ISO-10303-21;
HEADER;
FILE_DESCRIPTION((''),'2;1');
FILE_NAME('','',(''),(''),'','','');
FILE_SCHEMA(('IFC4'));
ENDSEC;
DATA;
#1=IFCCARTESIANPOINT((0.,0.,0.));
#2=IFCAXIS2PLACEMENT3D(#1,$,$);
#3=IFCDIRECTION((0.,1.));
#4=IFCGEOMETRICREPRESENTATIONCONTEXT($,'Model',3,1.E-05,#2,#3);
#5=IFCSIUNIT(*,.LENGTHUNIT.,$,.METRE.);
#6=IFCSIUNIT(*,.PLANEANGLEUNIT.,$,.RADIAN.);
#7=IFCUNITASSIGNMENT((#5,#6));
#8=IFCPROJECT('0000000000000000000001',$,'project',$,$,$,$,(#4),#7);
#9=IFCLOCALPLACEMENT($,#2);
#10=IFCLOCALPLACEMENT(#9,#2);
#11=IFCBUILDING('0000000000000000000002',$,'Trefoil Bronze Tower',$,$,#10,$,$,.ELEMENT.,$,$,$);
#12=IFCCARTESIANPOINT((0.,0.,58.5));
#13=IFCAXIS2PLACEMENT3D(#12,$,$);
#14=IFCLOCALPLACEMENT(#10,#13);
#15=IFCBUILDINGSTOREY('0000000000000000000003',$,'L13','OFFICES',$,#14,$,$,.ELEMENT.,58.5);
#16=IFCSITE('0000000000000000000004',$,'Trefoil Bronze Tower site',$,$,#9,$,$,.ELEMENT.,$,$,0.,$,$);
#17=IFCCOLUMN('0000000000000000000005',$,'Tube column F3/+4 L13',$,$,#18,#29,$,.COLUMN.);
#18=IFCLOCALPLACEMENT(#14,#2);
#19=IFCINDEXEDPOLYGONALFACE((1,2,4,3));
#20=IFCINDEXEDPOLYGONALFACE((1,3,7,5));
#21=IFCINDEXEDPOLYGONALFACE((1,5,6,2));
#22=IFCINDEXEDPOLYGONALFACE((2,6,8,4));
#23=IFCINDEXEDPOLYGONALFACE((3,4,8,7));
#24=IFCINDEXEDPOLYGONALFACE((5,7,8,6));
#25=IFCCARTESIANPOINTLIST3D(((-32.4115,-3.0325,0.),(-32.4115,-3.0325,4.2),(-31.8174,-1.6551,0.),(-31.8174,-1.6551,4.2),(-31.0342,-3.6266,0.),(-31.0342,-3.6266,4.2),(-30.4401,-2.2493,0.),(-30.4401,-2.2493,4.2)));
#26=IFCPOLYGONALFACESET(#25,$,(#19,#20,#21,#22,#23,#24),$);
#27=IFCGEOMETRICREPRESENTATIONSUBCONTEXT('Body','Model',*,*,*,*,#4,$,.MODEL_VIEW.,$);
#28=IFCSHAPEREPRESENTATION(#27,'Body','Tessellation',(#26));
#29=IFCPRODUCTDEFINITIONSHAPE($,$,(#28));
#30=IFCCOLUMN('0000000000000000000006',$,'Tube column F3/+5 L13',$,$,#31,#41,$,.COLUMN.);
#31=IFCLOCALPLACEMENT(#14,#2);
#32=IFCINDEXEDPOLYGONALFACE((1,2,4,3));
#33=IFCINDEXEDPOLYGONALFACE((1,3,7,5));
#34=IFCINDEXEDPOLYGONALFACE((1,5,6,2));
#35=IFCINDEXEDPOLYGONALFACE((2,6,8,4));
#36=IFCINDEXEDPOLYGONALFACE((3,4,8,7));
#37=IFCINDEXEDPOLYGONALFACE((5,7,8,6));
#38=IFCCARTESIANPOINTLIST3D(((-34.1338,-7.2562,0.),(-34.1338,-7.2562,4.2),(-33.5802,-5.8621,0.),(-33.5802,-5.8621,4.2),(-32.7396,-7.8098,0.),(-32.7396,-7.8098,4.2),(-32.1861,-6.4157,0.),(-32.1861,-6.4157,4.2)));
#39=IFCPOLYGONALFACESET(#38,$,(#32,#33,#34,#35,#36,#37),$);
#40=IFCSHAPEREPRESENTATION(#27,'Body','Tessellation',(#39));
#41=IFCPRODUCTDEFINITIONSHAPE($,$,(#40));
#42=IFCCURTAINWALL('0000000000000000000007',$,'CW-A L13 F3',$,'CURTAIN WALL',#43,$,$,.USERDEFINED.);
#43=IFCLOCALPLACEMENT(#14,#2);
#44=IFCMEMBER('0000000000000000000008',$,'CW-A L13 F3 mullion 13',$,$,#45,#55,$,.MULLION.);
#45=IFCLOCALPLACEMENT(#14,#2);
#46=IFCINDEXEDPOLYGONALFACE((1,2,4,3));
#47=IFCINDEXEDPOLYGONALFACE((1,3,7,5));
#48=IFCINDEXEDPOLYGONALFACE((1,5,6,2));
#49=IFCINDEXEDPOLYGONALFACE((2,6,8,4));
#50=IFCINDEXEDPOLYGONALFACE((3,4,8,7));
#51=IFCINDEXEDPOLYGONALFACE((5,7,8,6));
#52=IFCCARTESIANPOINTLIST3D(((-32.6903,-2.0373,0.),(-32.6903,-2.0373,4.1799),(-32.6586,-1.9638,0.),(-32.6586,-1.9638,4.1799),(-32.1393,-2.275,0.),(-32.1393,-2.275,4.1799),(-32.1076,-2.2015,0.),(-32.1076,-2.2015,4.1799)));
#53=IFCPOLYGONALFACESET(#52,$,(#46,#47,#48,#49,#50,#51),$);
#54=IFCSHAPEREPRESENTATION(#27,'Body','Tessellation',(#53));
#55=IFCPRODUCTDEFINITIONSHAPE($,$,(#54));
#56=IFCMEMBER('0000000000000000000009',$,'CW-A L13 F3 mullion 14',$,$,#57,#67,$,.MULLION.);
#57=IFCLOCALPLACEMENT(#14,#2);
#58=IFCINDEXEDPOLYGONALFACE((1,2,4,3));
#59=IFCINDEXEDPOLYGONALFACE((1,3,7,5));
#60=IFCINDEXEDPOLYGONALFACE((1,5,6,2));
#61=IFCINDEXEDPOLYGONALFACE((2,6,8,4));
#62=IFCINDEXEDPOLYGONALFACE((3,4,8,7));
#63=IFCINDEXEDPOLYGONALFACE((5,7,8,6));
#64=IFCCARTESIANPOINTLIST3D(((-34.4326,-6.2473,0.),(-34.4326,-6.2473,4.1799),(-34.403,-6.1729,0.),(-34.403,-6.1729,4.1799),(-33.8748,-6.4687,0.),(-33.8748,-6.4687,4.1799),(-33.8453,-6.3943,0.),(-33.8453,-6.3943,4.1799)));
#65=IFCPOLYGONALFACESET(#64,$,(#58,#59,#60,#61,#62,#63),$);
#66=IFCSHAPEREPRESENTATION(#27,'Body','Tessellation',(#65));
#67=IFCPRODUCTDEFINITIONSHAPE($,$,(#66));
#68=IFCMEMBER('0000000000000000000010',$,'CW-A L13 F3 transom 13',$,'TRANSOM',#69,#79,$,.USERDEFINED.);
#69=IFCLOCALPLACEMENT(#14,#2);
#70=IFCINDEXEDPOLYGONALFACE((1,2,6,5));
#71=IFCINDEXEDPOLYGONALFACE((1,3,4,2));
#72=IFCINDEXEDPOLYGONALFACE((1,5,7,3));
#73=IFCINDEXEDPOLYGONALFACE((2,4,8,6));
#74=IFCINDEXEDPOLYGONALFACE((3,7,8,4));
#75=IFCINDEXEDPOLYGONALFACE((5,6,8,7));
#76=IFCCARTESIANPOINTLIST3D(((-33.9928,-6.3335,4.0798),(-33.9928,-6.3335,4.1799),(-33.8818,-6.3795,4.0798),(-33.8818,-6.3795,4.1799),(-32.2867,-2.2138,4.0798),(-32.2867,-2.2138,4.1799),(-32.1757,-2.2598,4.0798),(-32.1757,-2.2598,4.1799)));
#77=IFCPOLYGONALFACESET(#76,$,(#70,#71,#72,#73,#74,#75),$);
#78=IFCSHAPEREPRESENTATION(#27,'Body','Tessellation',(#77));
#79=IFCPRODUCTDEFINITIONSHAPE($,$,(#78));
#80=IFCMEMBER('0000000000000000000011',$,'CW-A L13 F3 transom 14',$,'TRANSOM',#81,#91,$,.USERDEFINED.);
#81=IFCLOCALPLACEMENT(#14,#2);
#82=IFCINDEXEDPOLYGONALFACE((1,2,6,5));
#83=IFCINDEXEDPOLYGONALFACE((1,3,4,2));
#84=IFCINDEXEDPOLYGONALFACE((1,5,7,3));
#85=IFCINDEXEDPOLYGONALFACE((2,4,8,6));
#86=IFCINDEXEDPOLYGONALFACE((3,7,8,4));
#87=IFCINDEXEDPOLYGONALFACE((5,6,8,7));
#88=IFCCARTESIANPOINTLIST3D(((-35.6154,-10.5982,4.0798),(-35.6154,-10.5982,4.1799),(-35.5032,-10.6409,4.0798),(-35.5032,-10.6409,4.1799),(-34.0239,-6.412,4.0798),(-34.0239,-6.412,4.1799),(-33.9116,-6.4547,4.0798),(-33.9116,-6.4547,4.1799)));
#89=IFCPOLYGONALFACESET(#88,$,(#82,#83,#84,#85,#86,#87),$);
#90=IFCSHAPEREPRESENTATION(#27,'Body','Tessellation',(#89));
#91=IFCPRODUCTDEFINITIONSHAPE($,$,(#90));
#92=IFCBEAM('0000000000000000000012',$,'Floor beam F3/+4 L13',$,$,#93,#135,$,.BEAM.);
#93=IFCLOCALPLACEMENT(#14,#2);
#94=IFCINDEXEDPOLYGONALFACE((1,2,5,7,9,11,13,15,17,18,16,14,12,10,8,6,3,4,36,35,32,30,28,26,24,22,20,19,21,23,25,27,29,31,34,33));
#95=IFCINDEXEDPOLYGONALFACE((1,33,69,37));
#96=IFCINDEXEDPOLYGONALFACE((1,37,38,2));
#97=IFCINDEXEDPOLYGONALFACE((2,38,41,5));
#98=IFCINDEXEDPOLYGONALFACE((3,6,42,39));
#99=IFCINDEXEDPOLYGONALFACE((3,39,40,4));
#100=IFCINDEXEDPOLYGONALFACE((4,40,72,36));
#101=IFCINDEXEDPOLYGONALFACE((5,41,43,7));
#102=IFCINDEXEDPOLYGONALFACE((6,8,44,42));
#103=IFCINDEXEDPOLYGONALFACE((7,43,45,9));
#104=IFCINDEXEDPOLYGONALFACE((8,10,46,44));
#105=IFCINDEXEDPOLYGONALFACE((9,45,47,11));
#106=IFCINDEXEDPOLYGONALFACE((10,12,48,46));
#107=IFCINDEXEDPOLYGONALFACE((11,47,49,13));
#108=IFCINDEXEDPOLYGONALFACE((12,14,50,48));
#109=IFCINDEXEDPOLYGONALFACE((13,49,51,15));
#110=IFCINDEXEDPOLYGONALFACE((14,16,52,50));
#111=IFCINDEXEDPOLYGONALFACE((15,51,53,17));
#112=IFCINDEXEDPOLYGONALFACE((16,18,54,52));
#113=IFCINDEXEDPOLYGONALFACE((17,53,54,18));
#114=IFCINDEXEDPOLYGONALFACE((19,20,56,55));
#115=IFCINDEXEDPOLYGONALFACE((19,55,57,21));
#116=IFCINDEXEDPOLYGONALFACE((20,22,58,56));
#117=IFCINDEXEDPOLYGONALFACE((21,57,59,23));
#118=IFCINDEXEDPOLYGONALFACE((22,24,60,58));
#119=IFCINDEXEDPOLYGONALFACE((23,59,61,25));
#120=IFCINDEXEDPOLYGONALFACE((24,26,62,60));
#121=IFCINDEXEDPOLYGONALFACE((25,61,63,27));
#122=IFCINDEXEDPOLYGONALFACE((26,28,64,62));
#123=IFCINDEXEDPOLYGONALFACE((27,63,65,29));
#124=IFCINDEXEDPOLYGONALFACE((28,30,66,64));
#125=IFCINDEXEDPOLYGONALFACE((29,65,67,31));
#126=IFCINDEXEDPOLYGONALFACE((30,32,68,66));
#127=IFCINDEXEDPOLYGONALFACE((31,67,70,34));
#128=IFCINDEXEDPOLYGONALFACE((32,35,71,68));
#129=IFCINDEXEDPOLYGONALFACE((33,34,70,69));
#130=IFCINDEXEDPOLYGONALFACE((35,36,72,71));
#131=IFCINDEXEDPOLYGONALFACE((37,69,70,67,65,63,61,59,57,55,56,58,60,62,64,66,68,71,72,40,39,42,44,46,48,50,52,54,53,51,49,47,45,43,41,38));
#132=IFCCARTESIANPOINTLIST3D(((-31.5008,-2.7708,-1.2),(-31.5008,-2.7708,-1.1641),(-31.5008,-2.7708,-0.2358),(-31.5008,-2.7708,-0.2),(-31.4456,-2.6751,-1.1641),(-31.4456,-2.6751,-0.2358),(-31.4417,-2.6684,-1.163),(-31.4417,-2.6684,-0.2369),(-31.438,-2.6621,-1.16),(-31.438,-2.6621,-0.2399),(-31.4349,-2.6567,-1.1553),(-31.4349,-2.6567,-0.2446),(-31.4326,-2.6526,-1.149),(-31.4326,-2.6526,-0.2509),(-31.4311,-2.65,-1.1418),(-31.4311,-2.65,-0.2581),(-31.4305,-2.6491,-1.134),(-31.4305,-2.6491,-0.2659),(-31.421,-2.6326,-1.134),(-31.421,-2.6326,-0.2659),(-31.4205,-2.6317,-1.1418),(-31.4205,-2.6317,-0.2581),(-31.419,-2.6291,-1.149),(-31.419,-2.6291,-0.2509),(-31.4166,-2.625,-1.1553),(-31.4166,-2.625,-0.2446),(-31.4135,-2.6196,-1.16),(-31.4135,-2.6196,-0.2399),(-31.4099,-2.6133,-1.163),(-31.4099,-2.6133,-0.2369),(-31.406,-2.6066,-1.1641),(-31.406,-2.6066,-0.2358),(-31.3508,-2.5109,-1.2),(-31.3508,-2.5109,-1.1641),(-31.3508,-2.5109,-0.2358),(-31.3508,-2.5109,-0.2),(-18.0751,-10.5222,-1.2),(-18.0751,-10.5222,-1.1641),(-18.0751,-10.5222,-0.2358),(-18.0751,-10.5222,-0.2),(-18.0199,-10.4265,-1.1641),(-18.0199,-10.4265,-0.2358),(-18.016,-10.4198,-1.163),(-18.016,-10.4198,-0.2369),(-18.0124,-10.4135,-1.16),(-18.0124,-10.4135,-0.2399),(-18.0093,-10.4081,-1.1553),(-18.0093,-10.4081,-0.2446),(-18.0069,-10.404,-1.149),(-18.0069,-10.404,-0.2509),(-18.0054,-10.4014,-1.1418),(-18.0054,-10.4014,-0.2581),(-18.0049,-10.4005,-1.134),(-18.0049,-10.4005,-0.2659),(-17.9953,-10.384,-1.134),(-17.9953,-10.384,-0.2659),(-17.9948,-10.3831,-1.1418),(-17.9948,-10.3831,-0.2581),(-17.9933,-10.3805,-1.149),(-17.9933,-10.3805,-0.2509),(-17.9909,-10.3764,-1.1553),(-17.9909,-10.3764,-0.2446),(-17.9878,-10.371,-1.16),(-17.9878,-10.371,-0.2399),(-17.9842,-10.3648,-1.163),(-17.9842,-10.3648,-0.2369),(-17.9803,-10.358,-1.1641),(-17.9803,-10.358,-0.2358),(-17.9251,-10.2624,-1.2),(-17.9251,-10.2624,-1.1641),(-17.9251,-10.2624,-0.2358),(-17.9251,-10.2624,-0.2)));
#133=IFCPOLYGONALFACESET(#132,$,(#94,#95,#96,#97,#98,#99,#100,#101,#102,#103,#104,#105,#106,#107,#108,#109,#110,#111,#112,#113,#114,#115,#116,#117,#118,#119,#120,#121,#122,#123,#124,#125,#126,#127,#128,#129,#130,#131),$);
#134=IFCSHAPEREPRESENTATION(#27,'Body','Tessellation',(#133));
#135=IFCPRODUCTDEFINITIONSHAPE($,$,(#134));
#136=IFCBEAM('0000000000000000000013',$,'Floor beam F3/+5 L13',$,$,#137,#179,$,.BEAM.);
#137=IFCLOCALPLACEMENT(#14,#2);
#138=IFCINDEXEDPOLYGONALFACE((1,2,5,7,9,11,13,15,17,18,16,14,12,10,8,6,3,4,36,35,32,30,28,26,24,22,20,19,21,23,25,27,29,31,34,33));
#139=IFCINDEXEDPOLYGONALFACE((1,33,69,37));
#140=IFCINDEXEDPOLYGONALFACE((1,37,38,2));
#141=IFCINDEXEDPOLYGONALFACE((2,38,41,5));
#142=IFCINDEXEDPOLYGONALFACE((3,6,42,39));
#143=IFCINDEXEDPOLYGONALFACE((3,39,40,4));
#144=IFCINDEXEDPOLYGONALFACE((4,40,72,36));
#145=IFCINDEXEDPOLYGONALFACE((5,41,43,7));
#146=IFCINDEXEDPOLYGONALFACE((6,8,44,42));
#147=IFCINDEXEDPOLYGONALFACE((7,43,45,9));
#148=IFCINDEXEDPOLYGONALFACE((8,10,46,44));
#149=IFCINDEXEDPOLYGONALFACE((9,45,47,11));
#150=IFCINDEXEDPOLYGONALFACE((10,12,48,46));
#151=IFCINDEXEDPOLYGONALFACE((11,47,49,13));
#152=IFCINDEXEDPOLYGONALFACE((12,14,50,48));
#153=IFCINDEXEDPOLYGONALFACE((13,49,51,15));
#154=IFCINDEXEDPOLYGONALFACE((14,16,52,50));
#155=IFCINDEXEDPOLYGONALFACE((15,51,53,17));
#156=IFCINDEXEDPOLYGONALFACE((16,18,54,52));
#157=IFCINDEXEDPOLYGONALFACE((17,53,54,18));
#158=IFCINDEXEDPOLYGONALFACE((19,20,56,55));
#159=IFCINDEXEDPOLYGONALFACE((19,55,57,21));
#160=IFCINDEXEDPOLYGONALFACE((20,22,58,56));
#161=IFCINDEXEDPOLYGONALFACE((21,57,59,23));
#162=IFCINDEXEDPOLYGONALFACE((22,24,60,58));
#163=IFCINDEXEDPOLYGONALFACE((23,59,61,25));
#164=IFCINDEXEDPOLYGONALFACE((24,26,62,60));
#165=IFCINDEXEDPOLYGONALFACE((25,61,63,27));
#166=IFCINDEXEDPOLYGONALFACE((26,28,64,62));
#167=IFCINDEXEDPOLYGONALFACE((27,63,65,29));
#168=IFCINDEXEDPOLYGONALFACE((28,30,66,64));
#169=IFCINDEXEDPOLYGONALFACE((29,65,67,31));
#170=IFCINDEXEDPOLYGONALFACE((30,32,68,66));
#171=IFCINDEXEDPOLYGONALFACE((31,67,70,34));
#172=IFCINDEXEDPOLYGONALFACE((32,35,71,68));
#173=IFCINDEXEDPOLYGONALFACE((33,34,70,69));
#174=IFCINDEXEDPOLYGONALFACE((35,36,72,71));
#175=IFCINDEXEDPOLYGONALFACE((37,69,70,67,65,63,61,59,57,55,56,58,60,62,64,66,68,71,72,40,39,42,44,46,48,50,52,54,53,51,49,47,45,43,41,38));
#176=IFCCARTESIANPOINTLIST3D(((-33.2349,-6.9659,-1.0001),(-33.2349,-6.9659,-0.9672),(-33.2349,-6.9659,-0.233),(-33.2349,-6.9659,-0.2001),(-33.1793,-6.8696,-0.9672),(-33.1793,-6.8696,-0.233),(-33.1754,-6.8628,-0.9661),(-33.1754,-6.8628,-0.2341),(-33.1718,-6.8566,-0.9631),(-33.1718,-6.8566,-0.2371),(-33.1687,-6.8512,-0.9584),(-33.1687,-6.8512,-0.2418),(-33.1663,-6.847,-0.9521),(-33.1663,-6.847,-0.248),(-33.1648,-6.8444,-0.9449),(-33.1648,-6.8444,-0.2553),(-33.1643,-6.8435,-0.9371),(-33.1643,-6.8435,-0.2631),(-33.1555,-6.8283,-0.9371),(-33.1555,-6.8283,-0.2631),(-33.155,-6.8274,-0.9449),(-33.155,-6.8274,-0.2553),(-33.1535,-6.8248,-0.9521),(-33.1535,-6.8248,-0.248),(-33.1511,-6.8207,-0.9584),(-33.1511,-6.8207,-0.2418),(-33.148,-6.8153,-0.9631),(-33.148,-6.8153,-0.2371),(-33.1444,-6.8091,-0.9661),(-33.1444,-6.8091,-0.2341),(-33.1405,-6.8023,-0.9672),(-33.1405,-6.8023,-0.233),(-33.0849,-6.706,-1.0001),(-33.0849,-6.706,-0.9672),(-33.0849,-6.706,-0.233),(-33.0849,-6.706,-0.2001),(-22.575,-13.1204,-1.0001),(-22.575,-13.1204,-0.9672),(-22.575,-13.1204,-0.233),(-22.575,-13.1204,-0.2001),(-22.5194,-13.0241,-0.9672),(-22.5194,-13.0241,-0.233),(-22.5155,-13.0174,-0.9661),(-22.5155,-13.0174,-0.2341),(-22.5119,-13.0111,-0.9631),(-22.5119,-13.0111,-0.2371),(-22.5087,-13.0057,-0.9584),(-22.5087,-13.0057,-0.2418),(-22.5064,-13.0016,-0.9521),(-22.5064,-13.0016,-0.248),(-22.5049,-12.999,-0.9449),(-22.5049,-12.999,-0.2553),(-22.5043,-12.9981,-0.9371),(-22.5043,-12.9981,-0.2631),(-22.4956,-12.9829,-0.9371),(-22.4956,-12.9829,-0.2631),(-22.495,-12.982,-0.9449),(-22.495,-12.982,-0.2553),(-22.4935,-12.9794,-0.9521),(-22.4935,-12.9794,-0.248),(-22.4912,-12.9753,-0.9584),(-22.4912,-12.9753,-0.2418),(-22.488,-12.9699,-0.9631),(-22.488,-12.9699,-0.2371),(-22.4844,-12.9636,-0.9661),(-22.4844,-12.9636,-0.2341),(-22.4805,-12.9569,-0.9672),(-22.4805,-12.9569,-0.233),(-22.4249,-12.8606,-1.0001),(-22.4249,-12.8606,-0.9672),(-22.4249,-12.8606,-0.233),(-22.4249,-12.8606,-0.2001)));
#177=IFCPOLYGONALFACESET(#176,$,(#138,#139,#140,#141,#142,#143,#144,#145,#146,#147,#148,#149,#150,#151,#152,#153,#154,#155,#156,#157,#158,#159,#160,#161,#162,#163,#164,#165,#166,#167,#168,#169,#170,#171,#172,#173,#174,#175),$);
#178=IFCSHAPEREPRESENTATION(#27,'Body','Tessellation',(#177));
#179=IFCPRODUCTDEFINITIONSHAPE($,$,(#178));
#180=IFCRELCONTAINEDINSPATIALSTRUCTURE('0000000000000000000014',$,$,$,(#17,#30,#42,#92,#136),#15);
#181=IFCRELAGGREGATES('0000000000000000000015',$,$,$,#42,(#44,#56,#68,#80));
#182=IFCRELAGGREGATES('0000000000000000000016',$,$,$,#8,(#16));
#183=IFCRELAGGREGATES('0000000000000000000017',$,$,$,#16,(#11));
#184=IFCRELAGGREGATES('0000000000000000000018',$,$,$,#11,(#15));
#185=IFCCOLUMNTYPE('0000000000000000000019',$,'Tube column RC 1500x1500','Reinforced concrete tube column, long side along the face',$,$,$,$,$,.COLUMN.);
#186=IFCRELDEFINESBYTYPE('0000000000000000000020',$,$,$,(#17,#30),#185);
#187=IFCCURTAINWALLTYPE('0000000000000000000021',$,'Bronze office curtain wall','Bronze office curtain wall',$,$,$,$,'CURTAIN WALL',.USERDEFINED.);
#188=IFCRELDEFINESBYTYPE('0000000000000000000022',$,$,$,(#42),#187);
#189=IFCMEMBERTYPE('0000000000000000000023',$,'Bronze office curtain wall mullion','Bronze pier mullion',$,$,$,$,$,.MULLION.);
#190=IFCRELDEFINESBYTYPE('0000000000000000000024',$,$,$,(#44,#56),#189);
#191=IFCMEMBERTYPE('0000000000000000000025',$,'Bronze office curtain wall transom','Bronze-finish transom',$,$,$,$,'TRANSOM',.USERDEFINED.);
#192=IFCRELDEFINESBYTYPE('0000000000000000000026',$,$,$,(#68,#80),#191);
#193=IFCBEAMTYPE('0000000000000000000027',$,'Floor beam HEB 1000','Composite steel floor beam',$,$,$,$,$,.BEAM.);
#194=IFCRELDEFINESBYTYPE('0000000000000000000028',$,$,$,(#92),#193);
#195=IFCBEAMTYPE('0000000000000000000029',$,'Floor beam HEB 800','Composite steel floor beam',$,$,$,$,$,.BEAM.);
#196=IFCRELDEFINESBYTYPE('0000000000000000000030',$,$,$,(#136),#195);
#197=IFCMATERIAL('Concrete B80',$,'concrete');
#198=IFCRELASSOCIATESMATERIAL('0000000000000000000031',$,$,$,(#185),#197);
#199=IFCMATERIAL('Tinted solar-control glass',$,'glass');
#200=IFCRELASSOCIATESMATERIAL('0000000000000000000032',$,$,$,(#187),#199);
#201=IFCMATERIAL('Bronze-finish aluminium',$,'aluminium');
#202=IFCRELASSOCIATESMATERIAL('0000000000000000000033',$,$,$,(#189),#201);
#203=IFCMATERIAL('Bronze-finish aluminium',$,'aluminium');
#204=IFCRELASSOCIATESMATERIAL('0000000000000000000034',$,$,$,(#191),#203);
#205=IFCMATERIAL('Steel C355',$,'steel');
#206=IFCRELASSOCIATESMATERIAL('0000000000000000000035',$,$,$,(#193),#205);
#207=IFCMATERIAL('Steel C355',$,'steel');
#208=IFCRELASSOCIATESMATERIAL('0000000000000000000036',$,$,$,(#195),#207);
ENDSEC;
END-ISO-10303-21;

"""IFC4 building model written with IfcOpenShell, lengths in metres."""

from ifc_helpers import new_model, si_unit, direction, frame, origin, origin_2d, place, context, subcontext, project, spatial, rectangle, i_section, extrude, material, material_profile, profile_set, type_object, element, aggregate, save


model = new_model("IFC4")

# Units and contexts
model_context = context("Model", 3, precision=1e-05, world=origin(), true_north=direction((0.0, 1.0)))
body_context = subcontext(model_context, "Body", "Model", "MODEL_VIEW")
ifc_project = project(units=[si_unit("LENGTHUNIT", "METRE"), si_unit("PLANEANGLEUNIT", "RADIAN")], contexts=[model_context])

# Site, building, storey
site_placement = place(None, origin())
site = spatial("IfcSite", under=ifc_project, at=site_placement, Name="Trefoil Bronze Tower site", CompositionType="ELEMENT", RefElevation=0.0)
building_placement = place(site_placement, origin())
building = spatial("IfcBuilding", under=site, at=building_placement, Name="Trefoil Bronze Tower", CompositionType="ELEMENT")
storey_placement = place(building_placement, frame((0.0, 0.0, 58.5)))
storey = spatial("IfcBuildingStorey", under=building, at=storey_placement, Name="L13", Description="OFFICES", CompositionType="ELEMENT", Elevation=58.5)

# Columns
ifc_material_1 = material(Name="Concrete B80", Category="concrete")
ifc_material_profile_1 = material_profile(ifc_material_1, rectangle(XDim=1.5, YDim=1.5, at=origin_2d()), Name="RC 1500x1500")
ifc_profile_set_1 = profile_set([ifc_material_profile_1], Name="Concrete B80")
column_type = type_object("IfcColumnType", Name="Tube column RC 1500x1500", Description="Reinforced concrete tube column, long side along the face", PredefinedType="COLUMN", material=ifc_profile_set_1)
for number, where, z_axis, x_axis, name in (
    (1, (-31.4258, -2.6409, 0.0), (0.0, 0.0, 1.0), (-0.396085, -0.918214, 0.0), "Tube column F3/+4 L13"),
    (2, (-33.1599, -6.8359, 0.0), (0.0, 0.0, 1.0), (-0.36904, -0.929414, 0.0), "Tube column F3/+5 L13"),
):
    element("IfcColumn", number, at=place(storey_placement, frame(where, z_axis=z_axis, x_axis=x_axis)), inside=storey, type_object=column_type, Name=name, PredefinedType="COLUMN", context=body_context, shape_type="SweptSolid", body=[
        extrude(rectangle(XDim=1.5, YDim=1.5, at=origin_2d()), origin(), (0.0, 0.0, 1.0), 4.2),
    ])

# Curtain wall, members
ifc_material_2 = material(Name="Tinted solar-control glass", Category="glass")
curtain_wall_type = type_object("IfcCurtainWallType", Name="Bronze office curtain wall", Description="Bronze office curtain wall", ElementType="CURTAIN WALL", PredefinedType="USERDEFINED", material=ifc_material_2)
curtain_wall_placement = place(storey_placement, origin())
curtain_wall = element("IfcCurtainWall", 3, at=curtain_wall_placement, inside=storey, type_object=curtain_wall_type, Name="CW-A L13 F3", ObjectType="CURTAIN WALL", PredefinedType="USERDEFINED")
ifc_material_3 = material(Name="Bronze-finish aluminium", Category="aluminium")
ifc_material_profile_2 = material_profile(ifc_material_3, rectangle(XDim=0.6001, YDim=0.0801, at=origin_2d()), Name="CW-A mullion")
ifc_profile_set_2 = profile_set([ifc_material_profile_2], Name="Bronze-finish aluminium")
member_type_1 = type_object("IfcMemberType", Name="Bronze office curtain wall mullion", Description="Bronze pier mullion", PredefinedType="MULLION", material=ifc_profile_set_2)
member_1_placement = place(storey_placement, frame((-32.3989, -2.1194, 0.0), z_axis=(0.0, 0.0, 1.0), x_axis=(0.918214, -0.396085, 0.0)))
member_1 = element("IfcMember", 4, at=member_1_placement, type_object=member_type_1, Name="CW-A L13 F3 mullion 13", PredefinedType="MULLION", context=body_context, shape_type="SweptSolid", body=[
    extrude(rectangle(XDim=0.6001, YDim=0.0801, at=origin_2d()), origin(), (0.0, 0.0, 1.0), 4.1799),
])
member_2_placement = place(storey_placement, frame((-34.1389, -6.3208, 0.0), z_axis=(0.0, 0.0, 1.0), x_axis=(0.929414, -0.36904, 0.0)))
member_2 = element("IfcMember", 5, at=member_2_placement, type_object=member_type_1, Name="CW-A L13 F3 mullion 14", PredefinedType="MULLION", context=body_context, shape_type="SweptSolid", body=[
    extrude(rectangle(XDim=0.6001, YDim=0.0801, at=origin_2d()), origin(), (0.0, 0.0, 1.0), 4.1799),
])
ifc_material_4 = material(Name="Bronze-finish aluminium", Category="aluminium")
ifc_material_profile_3 = material_profile(ifc_material_4, rectangle(XDim=0.1201, YDim=0.1001, at=origin_2d()), Name="CW-A transom")
ifc_profile_set_3 = profile_set([ifc_material_profile_3], Name="Bronze-finish aluminium")
member_type_2 = type_object("IfcMemberType", Name="Bronze office curtain wall transom", Description="Bronze-finish transom", ElementType="TRANSOM", PredefinedType="USERDEFINED", material=ifc_profile_set_3)
member_3_placement = place(storey_placement, frame((-32.2312, -2.2368, 4.1299), z_axis=(-0.382616, -0.923907, 0.0), x_axis=(0.923907, -0.382616, 0.0)))
member_3 = element("IfcMember", 6, at=member_3_placement, type_object=member_type_2, Name="CW-A L13 F3 transom 13", ObjectType="TRANSOM", PredefinedType="USERDEFINED", context=body_context, shape_type="SweptSolid", body=[
    extrude(rectangle(XDim=0.1201, YDim=0.1001, at=origin_2d()), origin(), (0.0, 0.0, 1.0), 4.459),
])
member_4_placement = place(storey_placement, frame((-33.9678, -6.4333, 4.1299), z_axis=(-0.355367, -0.934727, 0.0), x_axis=(0.934727, -0.355367, 0.0)))
member_4 = element("IfcMember", 7, at=member_4_placement, type_object=member_type_2, Name="CW-A L13 F3 transom 14", ObjectType="TRANSOM", PredefinedType="USERDEFINED", context=body_context, shape_type="SweptSolid", body=[
    extrude(rectangle(XDim=0.1201, YDim=0.1001, at=origin_2d()), origin(), (0.0, 0.0, 1.0), 4.4785),
])

# Beams
ifc_material_5 = material(Name="Steel C355", Category="steel")
ifc_material_profile_4 = material_profile(ifc_material_5, i_section(OverallWidth=0.3, OverallDepth=1.0, WebThickness=0.019, FlangeThickness=0.0359, FilletRadius=0.03, at=origin_2d()), Name="HEB 1000")
ifc_profile_set_4 = profile_set([ifc_material_profile_4], Name="Steel C355")
beam_type_1 = type_object("IfcBeamType", Name="Floor beam HEB 1000", Description="Composite steel floor beam", PredefinedType="BEAM", material=ifc_profile_set_4)
beam_1_placement = place(storey_placement, frame((-31.4258, -2.6409, -0.7), z_axis=(0.866023, -0.500004, 0.0), x_axis=(0.500004, 0.866023, 0.0)))
element("IfcBeam", 8, at=beam_1_placement, inside=storey, type_object=beam_type_1, Name="Floor beam F3/+4 L13", PredefinedType="BEAM", context=body_context, shape_type="SweptSolid", body=[
    extrude(i_section(OverallWidth=0.3, OverallDepth=1.0, WebThickness=0.019, FlangeThickness=0.0359, FilletRadius=0.03, at=origin_2d()), origin(), (0.0, 0.0, 1.0), 15.5027),
])
ifc_material_6 = material(Name="Steel C355", Category="steel")
ifc_material_profile_5 = material_profile(ifc_material_6, i_section(OverallWidth=0.3, OverallDepth=0.8, WebThickness=0.0176, FlangeThickness=0.033, FilletRadius=0.03, at=origin_2d()), Name="HEB 800")
ifc_profile_set_5 = profile_set([ifc_material_profile_5], Name="Steel C355")
beam_type_2 = type_object("IfcBeamType", Name="Floor beam HEB 800", Description="Composite steel floor beam", PredefinedType="BEAM", material=ifc_profile_set_5)
beam_2_placement = place(storey_placement, frame((-33.1599, -6.8359, -0.6001), z_axis=(0.866024, -0.500002, 0.0), x_axis=(0.500002, 0.866024, 0.0)))
element("IfcBeam", 9, at=beam_2_placement, inside=storey, type_object=beam_type_2, Name="Floor beam F3/+5 L13", PredefinedType="BEAM", context=body_context, shape_type="SweptSolid", body=[
    extrude(i_section(OverallWidth=0.3, OverallDepth=0.8, WebThickness=0.0176, FlangeThickness=0.033, FilletRadius=0.03, at=origin_2d()), origin(), (0.0, 0.0, 1.0), 12.3091),
])

aggregate(curtain_wall, [member_1, member_2, member_3, member_4])

save(model, "model.ifc")
